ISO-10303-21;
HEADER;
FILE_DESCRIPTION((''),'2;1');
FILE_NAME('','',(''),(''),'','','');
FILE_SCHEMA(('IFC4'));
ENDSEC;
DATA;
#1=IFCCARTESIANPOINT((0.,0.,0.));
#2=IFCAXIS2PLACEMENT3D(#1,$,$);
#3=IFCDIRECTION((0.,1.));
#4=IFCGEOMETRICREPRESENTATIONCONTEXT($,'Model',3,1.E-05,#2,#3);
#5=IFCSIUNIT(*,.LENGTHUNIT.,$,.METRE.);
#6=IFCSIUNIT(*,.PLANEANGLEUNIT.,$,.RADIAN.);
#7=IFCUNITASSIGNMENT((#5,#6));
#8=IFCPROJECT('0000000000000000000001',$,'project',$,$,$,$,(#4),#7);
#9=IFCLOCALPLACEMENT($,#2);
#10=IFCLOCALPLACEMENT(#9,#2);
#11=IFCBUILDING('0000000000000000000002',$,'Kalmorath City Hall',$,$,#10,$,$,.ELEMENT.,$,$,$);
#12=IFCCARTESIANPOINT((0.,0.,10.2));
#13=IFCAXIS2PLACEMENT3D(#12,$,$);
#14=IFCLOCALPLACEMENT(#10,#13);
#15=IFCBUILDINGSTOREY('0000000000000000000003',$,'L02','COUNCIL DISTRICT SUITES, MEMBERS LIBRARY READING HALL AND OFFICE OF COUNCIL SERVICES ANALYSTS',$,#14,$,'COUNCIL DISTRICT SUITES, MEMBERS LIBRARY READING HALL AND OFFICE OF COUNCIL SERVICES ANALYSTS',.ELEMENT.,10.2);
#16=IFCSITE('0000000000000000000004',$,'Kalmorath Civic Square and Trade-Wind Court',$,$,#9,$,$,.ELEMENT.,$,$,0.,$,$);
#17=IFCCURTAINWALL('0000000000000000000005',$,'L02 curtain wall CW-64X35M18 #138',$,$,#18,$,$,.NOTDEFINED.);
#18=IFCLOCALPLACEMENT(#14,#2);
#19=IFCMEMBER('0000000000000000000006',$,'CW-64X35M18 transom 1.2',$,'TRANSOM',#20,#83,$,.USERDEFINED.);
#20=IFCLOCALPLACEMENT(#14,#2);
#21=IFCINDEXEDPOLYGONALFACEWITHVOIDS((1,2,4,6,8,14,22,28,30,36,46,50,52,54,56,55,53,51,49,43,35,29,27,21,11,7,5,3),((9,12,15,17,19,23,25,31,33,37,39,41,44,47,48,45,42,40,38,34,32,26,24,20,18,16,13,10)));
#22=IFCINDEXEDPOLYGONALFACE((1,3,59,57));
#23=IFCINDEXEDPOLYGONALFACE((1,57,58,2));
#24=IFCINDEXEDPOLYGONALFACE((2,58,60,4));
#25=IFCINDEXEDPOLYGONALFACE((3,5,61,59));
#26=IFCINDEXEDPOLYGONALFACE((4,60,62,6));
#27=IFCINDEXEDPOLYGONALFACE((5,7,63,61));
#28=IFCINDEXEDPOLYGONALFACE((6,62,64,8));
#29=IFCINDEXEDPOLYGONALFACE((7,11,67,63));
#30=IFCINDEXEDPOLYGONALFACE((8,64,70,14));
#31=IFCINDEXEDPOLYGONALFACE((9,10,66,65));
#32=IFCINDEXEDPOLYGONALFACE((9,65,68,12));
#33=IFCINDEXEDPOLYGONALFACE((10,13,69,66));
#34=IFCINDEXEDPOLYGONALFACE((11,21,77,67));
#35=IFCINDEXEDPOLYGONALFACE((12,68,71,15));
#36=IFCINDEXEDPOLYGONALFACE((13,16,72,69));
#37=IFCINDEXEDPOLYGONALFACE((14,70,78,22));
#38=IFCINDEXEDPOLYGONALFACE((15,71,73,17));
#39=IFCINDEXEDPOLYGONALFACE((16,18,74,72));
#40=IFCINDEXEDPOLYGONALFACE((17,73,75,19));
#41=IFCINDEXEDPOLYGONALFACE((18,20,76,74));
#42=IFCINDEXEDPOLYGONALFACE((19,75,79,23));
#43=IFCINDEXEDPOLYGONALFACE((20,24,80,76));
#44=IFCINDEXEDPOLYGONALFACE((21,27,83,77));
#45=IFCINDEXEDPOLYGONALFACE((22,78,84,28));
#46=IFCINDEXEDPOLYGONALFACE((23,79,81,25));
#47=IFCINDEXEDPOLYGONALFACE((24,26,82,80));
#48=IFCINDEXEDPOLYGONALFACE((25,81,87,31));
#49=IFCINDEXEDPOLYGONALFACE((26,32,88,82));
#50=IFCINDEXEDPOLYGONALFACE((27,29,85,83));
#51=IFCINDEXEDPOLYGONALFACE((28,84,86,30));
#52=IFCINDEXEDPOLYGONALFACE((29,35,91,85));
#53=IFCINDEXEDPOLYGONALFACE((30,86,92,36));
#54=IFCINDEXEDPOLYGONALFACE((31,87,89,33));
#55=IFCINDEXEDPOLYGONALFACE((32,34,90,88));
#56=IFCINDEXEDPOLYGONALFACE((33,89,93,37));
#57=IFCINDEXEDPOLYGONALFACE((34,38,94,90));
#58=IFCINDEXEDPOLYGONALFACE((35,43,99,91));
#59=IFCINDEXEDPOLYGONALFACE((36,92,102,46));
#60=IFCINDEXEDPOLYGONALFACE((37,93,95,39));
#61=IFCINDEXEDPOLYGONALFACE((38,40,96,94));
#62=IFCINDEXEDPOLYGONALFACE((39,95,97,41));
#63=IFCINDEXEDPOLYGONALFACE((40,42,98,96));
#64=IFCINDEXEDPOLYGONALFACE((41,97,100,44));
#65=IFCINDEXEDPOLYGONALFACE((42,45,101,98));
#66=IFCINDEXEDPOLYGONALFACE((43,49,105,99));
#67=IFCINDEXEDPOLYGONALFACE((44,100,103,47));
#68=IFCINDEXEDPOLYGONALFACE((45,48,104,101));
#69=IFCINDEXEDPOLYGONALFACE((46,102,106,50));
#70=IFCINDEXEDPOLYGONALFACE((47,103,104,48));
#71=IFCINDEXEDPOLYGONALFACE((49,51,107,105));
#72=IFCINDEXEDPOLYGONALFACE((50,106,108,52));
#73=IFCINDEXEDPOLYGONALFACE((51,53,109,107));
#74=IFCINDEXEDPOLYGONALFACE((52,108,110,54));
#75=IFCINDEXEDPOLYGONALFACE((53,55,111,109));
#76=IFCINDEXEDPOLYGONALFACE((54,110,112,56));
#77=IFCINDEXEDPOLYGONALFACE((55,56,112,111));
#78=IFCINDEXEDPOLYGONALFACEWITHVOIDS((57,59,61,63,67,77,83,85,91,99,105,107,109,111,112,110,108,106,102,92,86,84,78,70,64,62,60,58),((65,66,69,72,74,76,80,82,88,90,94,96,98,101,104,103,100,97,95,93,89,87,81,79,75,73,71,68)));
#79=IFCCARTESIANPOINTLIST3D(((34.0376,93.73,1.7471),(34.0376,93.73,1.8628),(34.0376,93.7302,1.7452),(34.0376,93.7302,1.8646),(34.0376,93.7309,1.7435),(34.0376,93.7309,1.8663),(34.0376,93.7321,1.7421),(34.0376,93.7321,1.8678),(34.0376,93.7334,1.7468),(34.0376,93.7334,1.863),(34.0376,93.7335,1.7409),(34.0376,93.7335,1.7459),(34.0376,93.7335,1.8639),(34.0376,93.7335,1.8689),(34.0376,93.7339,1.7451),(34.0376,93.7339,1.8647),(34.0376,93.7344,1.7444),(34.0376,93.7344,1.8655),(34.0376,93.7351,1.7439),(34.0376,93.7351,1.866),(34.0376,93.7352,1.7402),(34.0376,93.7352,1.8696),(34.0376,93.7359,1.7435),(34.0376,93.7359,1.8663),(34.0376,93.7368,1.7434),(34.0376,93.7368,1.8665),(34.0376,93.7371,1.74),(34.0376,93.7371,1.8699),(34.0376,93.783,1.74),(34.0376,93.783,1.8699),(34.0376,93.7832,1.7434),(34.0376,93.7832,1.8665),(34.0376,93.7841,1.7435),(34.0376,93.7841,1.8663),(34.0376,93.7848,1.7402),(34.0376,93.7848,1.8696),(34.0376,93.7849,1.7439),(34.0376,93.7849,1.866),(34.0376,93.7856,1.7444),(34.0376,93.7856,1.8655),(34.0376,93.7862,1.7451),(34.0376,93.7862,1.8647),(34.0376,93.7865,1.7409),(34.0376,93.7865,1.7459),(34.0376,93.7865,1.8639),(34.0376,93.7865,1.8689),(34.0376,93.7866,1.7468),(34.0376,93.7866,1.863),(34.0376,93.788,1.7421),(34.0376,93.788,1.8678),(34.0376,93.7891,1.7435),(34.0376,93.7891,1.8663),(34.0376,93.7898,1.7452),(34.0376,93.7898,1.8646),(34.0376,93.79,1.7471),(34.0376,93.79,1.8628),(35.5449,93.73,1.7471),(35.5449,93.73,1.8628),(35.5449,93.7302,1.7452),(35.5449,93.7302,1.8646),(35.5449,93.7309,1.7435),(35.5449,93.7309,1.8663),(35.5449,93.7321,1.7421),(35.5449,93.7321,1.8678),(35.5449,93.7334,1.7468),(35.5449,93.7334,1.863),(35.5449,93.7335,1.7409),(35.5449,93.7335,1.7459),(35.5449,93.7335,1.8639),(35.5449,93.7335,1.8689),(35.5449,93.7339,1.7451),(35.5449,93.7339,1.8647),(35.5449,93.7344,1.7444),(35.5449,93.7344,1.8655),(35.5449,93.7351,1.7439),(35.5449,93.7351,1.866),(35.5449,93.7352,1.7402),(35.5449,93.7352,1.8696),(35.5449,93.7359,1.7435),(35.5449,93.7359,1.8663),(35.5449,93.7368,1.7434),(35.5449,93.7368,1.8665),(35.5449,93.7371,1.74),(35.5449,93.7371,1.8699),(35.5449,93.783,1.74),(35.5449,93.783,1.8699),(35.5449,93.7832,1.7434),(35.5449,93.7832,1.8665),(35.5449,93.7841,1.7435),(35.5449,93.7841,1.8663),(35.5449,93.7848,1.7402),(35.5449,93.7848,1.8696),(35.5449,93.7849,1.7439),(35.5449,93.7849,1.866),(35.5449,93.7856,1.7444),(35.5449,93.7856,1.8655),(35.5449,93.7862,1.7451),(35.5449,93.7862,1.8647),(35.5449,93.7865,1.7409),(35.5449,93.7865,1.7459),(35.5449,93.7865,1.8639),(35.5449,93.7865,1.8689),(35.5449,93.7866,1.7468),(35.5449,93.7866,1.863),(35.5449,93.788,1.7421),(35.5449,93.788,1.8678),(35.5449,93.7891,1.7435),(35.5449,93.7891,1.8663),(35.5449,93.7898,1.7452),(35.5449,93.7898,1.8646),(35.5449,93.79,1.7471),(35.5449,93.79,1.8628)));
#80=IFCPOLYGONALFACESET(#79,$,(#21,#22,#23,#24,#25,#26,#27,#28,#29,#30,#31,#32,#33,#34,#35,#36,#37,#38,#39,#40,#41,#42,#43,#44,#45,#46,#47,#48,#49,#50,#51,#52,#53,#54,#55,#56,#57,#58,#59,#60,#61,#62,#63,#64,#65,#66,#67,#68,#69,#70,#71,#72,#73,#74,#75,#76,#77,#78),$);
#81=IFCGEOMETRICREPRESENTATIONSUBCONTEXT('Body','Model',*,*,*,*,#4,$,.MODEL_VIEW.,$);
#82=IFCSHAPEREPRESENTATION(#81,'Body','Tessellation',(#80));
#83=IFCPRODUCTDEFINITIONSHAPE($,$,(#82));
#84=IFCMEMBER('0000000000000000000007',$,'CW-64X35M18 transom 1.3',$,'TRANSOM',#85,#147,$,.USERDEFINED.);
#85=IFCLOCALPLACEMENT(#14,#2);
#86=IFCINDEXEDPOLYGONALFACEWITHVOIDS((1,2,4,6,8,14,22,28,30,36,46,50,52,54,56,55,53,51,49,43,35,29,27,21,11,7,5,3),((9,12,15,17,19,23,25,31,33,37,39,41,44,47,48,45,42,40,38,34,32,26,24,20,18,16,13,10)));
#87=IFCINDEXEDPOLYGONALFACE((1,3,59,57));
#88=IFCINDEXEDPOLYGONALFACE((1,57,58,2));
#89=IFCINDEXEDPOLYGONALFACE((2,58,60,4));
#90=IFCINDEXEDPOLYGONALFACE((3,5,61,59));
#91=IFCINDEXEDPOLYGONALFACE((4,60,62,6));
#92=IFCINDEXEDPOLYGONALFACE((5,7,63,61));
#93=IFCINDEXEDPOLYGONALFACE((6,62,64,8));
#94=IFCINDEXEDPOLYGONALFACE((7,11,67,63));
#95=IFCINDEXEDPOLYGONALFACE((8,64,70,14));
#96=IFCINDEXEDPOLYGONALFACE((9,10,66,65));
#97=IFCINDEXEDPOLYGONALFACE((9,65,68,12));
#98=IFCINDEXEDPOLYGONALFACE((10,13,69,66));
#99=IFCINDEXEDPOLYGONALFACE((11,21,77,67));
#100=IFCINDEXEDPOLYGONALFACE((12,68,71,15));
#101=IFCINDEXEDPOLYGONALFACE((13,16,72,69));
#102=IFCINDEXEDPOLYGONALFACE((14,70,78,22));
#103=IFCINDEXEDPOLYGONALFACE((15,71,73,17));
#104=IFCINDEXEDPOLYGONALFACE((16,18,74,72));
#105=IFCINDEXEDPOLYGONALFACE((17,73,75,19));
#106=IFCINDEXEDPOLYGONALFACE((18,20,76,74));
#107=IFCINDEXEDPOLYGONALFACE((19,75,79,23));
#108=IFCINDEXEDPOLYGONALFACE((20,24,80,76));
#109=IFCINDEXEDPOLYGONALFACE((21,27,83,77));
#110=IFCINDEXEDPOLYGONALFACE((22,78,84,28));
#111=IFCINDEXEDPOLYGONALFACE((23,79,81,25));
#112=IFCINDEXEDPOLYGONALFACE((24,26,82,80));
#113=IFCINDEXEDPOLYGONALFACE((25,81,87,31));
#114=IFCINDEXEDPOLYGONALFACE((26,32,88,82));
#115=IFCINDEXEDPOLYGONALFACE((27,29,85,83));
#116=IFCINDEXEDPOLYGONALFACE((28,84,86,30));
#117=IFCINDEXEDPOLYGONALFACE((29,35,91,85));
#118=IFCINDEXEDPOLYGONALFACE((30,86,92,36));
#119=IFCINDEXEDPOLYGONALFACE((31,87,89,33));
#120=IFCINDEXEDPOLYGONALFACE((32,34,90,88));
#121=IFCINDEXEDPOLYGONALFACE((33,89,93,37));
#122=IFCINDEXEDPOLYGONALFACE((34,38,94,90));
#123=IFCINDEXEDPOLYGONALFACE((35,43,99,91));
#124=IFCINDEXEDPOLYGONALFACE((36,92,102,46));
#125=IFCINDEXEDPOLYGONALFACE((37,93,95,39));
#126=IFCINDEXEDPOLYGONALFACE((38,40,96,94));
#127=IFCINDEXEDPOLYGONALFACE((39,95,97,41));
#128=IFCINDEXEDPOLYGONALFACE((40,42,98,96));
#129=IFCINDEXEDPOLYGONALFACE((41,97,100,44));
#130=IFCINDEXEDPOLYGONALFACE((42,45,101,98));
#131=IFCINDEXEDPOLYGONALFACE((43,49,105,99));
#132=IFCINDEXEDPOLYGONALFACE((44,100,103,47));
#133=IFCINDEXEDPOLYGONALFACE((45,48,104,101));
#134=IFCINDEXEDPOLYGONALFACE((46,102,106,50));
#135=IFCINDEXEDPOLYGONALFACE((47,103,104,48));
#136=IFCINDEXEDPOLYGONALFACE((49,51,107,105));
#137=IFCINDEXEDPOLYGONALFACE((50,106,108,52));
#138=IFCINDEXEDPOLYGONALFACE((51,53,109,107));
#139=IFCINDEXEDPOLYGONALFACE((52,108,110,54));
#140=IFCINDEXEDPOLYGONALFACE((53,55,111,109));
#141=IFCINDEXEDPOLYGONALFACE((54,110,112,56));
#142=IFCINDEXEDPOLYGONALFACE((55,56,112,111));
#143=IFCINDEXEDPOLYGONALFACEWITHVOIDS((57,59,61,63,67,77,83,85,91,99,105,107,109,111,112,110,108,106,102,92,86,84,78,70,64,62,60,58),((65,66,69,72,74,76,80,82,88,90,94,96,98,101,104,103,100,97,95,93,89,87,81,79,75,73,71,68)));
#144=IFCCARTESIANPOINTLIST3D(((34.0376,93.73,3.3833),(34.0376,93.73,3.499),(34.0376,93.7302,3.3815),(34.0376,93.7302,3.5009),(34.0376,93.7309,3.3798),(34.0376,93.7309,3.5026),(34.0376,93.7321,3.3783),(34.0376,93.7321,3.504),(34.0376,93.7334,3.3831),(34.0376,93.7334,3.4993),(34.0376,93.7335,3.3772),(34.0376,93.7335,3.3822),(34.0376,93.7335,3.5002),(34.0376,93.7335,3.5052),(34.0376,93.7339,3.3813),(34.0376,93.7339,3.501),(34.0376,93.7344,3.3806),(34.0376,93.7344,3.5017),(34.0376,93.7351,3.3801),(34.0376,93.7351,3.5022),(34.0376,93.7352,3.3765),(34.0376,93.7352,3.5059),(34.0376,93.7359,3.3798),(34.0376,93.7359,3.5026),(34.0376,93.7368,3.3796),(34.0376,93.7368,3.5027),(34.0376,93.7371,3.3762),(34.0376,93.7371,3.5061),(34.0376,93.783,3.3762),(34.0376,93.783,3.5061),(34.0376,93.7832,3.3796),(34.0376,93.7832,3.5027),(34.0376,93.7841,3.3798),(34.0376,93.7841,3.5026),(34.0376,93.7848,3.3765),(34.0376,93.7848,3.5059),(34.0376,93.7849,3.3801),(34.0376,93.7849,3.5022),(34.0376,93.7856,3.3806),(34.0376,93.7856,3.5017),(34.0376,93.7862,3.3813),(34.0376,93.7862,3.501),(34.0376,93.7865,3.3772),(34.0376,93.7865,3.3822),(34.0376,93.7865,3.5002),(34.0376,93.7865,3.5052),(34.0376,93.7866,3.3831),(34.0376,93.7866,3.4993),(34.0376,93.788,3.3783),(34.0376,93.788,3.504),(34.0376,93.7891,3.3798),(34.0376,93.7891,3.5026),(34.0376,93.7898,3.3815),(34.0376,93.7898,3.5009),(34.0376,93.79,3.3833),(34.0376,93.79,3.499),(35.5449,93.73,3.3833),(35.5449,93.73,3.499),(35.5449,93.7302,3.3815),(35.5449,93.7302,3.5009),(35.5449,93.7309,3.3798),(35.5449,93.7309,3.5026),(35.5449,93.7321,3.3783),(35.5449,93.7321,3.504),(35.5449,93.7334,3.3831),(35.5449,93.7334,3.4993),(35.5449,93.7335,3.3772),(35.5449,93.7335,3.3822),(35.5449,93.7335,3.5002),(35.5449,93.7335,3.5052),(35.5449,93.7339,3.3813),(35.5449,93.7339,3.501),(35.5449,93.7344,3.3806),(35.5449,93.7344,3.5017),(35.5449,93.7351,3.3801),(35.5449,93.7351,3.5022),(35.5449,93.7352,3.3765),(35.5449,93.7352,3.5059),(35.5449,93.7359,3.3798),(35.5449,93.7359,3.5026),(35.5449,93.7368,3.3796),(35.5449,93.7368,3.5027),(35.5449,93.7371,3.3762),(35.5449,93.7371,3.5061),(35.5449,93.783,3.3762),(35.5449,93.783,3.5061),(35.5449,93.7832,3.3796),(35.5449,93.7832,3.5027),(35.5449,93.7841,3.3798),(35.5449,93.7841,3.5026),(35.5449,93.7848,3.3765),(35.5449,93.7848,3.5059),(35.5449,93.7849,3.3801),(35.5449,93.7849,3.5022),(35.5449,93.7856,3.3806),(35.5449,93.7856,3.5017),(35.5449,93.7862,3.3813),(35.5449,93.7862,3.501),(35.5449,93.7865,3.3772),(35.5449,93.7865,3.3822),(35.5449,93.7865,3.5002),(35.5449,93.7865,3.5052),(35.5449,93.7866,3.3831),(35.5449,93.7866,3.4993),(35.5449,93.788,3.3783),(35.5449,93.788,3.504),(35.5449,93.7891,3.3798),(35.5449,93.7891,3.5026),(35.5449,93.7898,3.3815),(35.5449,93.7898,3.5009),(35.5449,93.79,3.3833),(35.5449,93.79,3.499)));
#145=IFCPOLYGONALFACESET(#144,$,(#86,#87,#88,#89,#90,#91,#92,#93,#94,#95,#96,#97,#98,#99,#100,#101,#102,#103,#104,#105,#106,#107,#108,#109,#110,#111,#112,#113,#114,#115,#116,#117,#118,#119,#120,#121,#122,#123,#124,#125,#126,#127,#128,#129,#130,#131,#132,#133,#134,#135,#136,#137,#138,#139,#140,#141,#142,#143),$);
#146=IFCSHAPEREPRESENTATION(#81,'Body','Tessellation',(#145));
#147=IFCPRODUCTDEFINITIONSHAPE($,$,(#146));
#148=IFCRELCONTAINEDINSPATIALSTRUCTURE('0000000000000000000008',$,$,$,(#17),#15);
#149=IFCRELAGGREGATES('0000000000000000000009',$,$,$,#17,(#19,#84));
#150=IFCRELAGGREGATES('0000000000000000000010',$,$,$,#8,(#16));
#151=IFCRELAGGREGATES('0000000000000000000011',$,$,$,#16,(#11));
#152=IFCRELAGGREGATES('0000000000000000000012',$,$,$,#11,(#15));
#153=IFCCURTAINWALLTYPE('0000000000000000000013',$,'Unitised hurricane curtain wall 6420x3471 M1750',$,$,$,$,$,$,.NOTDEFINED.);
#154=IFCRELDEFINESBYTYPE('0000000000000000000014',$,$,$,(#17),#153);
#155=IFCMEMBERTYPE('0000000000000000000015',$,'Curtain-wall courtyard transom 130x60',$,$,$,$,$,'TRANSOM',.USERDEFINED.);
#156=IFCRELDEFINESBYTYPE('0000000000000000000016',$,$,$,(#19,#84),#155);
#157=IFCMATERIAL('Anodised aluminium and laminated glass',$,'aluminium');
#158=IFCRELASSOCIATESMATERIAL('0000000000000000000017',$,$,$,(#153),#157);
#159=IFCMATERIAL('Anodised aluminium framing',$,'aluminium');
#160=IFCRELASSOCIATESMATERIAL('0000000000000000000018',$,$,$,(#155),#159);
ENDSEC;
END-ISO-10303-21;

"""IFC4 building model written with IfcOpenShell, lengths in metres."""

from ifc_helpers import new_model, si_unit, direction, frame, origin, origin_2d, place, context, subcontext, project, spatial, hollow_rectangle, extrude, material, material_profile, profile_set, type_object, element, aggregate, save


model = new_model("IFC4")

# Units and contexts
model_context = context("Model", 3, precision=1e-05, world=origin(), true_north=direction((0.0, 1.0)))
body_context = subcontext(model_context, "Body", "Model", "MODEL_VIEW")
ifc_project = project(units=[si_unit("LENGTHUNIT", "METRE"), si_unit("PLANEANGLEUNIT", "RADIAN")], contexts=[model_context])

# Site, building, storey
site_placement = place(None, origin())
site = spatial("IfcSite", under=ifc_project, at=site_placement, Name="Kalmorath Civic Square and Trade-Wind Court", CompositionType="ELEMENT", RefElevation=0.0)
building_placement = place(site_placement, origin())
building = spatial("IfcBuilding", under=site, at=building_placement, Name="Kalmorath City Hall", CompositionType="ELEMENT")
storey_placement = place(building_placement, frame((0.0, 0.0, 10.2)))
storey = spatial("IfcBuildingStorey", under=building, at=storey_placement, Name="L02", Description="COUNCIL DISTRICT SUITES, MEMBERS LIBRARY READING HALL AND OFFICE OF COUNCIL SERVICES ANALYSTS", LongName="COUNCIL DISTRICT SUITES, MEMBERS LIBRARY READING HALL AND OFFICE OF COUNCIL SERVICES ANALYSTS", CompositionType="ELEMENT", Elevation=10.2)

# Curtain wall
ifc_material_1 = material(Name="Anodised aluminium and laminated glass", Category="aluminium")
curtain_wall_type_1 = type_object("IfcCurtainWallType", Name="Unitised hurricane curtain wall 6420x3471 M1750", PredefinedType="NOTDEFINED", material=ifc_material_1)
curtain_wall_1_placement = place(storey_placement, origin())
curtain_wall_1 = element("IfcCurtainWall", 1, at=curtain_wall_1_placement, inside=storey, type_object=curtain_wall_type_1, Name="L02 curtain wall CW-64X35M18 #138", PredefinedType="NOTDEFINED")

# Members
ifc_material_2 = material(Name="Anodised aluminium framing", Category="aluminium")
ifc_material_profile_1 = material_profile(ifc_material_2, hollow_rectangle(XDim=0.0601, YDim=0.1299, WallThickness=0.0034, InnerFilletRadius=0.0034, OuterFilletRadius=0.0071, at=origin_2d()), Name="ALU-TRN-130X60X3.5")
ifc_profile_set_1 = profile_set([ifc_material_profile_1], Name="Anodised aluminium framing")
member_type_1 = type_object("IfcMemberType", Name="Curtain-wall courtyard transom 130x60", ElementType="TRANSOM", PredefinedType="USERDEFINED", material=ifc_profile_set_1)
member_1_placement = place(storey_placement, frame((35.5449, 93.76, 1.8049), z_axis=(-1.0, 0.0, 0.0), x_axis=(0.0, -1.0, 0.0)))
member_1 = element("IfcMember", 2, at=member_1_placement, type_object=member_type_1, Name="CW-64X35M18 transom 1.2", ObjectType="TRANSOM", PredefinedType="USERDEFINED", context=body_context, shape_type="SweptSolid", body=[
    extrude(hollow_rectangle(XDim=0.0601, YDim=0.1299, WallThickness=0.0034, InnerFilletRadius=0.0034, OuterFilletRadius=0.0071, at=origin_2d()), origin(), (0.0, 0.0, 1.0), 1.5073),
])
member_2_placement = place(storey_placement, frame((35.5449, 93.76, 3.4412), z_axis=(-1.0, 0.0, 0.0), x_axis=(0.0, -1.0, 0.0)))
member_2 = element("IfcMember", 3, at=member_2_placement, type_object=member_type_1, Name="CW-64X35M18 transom 1.3", ObjectType="TRANSOM", PredefinedType="USERDEFINED", context=body_context, shape_type="SweptSolid", body=[
    extrude(hollow_rectangle(XDim=0.0601, YDim=0.1299, WallThickness=0.0034, InnerFilletRadius=0.0034, OuterFilletRadius=0.0071, at=origin_2d()), origin(), (0.0, 0.0, 1.0), 1.5073),
])

aggregate(curtain_wall_1, [member_1, member_2])

save(model, "model.ifc")
